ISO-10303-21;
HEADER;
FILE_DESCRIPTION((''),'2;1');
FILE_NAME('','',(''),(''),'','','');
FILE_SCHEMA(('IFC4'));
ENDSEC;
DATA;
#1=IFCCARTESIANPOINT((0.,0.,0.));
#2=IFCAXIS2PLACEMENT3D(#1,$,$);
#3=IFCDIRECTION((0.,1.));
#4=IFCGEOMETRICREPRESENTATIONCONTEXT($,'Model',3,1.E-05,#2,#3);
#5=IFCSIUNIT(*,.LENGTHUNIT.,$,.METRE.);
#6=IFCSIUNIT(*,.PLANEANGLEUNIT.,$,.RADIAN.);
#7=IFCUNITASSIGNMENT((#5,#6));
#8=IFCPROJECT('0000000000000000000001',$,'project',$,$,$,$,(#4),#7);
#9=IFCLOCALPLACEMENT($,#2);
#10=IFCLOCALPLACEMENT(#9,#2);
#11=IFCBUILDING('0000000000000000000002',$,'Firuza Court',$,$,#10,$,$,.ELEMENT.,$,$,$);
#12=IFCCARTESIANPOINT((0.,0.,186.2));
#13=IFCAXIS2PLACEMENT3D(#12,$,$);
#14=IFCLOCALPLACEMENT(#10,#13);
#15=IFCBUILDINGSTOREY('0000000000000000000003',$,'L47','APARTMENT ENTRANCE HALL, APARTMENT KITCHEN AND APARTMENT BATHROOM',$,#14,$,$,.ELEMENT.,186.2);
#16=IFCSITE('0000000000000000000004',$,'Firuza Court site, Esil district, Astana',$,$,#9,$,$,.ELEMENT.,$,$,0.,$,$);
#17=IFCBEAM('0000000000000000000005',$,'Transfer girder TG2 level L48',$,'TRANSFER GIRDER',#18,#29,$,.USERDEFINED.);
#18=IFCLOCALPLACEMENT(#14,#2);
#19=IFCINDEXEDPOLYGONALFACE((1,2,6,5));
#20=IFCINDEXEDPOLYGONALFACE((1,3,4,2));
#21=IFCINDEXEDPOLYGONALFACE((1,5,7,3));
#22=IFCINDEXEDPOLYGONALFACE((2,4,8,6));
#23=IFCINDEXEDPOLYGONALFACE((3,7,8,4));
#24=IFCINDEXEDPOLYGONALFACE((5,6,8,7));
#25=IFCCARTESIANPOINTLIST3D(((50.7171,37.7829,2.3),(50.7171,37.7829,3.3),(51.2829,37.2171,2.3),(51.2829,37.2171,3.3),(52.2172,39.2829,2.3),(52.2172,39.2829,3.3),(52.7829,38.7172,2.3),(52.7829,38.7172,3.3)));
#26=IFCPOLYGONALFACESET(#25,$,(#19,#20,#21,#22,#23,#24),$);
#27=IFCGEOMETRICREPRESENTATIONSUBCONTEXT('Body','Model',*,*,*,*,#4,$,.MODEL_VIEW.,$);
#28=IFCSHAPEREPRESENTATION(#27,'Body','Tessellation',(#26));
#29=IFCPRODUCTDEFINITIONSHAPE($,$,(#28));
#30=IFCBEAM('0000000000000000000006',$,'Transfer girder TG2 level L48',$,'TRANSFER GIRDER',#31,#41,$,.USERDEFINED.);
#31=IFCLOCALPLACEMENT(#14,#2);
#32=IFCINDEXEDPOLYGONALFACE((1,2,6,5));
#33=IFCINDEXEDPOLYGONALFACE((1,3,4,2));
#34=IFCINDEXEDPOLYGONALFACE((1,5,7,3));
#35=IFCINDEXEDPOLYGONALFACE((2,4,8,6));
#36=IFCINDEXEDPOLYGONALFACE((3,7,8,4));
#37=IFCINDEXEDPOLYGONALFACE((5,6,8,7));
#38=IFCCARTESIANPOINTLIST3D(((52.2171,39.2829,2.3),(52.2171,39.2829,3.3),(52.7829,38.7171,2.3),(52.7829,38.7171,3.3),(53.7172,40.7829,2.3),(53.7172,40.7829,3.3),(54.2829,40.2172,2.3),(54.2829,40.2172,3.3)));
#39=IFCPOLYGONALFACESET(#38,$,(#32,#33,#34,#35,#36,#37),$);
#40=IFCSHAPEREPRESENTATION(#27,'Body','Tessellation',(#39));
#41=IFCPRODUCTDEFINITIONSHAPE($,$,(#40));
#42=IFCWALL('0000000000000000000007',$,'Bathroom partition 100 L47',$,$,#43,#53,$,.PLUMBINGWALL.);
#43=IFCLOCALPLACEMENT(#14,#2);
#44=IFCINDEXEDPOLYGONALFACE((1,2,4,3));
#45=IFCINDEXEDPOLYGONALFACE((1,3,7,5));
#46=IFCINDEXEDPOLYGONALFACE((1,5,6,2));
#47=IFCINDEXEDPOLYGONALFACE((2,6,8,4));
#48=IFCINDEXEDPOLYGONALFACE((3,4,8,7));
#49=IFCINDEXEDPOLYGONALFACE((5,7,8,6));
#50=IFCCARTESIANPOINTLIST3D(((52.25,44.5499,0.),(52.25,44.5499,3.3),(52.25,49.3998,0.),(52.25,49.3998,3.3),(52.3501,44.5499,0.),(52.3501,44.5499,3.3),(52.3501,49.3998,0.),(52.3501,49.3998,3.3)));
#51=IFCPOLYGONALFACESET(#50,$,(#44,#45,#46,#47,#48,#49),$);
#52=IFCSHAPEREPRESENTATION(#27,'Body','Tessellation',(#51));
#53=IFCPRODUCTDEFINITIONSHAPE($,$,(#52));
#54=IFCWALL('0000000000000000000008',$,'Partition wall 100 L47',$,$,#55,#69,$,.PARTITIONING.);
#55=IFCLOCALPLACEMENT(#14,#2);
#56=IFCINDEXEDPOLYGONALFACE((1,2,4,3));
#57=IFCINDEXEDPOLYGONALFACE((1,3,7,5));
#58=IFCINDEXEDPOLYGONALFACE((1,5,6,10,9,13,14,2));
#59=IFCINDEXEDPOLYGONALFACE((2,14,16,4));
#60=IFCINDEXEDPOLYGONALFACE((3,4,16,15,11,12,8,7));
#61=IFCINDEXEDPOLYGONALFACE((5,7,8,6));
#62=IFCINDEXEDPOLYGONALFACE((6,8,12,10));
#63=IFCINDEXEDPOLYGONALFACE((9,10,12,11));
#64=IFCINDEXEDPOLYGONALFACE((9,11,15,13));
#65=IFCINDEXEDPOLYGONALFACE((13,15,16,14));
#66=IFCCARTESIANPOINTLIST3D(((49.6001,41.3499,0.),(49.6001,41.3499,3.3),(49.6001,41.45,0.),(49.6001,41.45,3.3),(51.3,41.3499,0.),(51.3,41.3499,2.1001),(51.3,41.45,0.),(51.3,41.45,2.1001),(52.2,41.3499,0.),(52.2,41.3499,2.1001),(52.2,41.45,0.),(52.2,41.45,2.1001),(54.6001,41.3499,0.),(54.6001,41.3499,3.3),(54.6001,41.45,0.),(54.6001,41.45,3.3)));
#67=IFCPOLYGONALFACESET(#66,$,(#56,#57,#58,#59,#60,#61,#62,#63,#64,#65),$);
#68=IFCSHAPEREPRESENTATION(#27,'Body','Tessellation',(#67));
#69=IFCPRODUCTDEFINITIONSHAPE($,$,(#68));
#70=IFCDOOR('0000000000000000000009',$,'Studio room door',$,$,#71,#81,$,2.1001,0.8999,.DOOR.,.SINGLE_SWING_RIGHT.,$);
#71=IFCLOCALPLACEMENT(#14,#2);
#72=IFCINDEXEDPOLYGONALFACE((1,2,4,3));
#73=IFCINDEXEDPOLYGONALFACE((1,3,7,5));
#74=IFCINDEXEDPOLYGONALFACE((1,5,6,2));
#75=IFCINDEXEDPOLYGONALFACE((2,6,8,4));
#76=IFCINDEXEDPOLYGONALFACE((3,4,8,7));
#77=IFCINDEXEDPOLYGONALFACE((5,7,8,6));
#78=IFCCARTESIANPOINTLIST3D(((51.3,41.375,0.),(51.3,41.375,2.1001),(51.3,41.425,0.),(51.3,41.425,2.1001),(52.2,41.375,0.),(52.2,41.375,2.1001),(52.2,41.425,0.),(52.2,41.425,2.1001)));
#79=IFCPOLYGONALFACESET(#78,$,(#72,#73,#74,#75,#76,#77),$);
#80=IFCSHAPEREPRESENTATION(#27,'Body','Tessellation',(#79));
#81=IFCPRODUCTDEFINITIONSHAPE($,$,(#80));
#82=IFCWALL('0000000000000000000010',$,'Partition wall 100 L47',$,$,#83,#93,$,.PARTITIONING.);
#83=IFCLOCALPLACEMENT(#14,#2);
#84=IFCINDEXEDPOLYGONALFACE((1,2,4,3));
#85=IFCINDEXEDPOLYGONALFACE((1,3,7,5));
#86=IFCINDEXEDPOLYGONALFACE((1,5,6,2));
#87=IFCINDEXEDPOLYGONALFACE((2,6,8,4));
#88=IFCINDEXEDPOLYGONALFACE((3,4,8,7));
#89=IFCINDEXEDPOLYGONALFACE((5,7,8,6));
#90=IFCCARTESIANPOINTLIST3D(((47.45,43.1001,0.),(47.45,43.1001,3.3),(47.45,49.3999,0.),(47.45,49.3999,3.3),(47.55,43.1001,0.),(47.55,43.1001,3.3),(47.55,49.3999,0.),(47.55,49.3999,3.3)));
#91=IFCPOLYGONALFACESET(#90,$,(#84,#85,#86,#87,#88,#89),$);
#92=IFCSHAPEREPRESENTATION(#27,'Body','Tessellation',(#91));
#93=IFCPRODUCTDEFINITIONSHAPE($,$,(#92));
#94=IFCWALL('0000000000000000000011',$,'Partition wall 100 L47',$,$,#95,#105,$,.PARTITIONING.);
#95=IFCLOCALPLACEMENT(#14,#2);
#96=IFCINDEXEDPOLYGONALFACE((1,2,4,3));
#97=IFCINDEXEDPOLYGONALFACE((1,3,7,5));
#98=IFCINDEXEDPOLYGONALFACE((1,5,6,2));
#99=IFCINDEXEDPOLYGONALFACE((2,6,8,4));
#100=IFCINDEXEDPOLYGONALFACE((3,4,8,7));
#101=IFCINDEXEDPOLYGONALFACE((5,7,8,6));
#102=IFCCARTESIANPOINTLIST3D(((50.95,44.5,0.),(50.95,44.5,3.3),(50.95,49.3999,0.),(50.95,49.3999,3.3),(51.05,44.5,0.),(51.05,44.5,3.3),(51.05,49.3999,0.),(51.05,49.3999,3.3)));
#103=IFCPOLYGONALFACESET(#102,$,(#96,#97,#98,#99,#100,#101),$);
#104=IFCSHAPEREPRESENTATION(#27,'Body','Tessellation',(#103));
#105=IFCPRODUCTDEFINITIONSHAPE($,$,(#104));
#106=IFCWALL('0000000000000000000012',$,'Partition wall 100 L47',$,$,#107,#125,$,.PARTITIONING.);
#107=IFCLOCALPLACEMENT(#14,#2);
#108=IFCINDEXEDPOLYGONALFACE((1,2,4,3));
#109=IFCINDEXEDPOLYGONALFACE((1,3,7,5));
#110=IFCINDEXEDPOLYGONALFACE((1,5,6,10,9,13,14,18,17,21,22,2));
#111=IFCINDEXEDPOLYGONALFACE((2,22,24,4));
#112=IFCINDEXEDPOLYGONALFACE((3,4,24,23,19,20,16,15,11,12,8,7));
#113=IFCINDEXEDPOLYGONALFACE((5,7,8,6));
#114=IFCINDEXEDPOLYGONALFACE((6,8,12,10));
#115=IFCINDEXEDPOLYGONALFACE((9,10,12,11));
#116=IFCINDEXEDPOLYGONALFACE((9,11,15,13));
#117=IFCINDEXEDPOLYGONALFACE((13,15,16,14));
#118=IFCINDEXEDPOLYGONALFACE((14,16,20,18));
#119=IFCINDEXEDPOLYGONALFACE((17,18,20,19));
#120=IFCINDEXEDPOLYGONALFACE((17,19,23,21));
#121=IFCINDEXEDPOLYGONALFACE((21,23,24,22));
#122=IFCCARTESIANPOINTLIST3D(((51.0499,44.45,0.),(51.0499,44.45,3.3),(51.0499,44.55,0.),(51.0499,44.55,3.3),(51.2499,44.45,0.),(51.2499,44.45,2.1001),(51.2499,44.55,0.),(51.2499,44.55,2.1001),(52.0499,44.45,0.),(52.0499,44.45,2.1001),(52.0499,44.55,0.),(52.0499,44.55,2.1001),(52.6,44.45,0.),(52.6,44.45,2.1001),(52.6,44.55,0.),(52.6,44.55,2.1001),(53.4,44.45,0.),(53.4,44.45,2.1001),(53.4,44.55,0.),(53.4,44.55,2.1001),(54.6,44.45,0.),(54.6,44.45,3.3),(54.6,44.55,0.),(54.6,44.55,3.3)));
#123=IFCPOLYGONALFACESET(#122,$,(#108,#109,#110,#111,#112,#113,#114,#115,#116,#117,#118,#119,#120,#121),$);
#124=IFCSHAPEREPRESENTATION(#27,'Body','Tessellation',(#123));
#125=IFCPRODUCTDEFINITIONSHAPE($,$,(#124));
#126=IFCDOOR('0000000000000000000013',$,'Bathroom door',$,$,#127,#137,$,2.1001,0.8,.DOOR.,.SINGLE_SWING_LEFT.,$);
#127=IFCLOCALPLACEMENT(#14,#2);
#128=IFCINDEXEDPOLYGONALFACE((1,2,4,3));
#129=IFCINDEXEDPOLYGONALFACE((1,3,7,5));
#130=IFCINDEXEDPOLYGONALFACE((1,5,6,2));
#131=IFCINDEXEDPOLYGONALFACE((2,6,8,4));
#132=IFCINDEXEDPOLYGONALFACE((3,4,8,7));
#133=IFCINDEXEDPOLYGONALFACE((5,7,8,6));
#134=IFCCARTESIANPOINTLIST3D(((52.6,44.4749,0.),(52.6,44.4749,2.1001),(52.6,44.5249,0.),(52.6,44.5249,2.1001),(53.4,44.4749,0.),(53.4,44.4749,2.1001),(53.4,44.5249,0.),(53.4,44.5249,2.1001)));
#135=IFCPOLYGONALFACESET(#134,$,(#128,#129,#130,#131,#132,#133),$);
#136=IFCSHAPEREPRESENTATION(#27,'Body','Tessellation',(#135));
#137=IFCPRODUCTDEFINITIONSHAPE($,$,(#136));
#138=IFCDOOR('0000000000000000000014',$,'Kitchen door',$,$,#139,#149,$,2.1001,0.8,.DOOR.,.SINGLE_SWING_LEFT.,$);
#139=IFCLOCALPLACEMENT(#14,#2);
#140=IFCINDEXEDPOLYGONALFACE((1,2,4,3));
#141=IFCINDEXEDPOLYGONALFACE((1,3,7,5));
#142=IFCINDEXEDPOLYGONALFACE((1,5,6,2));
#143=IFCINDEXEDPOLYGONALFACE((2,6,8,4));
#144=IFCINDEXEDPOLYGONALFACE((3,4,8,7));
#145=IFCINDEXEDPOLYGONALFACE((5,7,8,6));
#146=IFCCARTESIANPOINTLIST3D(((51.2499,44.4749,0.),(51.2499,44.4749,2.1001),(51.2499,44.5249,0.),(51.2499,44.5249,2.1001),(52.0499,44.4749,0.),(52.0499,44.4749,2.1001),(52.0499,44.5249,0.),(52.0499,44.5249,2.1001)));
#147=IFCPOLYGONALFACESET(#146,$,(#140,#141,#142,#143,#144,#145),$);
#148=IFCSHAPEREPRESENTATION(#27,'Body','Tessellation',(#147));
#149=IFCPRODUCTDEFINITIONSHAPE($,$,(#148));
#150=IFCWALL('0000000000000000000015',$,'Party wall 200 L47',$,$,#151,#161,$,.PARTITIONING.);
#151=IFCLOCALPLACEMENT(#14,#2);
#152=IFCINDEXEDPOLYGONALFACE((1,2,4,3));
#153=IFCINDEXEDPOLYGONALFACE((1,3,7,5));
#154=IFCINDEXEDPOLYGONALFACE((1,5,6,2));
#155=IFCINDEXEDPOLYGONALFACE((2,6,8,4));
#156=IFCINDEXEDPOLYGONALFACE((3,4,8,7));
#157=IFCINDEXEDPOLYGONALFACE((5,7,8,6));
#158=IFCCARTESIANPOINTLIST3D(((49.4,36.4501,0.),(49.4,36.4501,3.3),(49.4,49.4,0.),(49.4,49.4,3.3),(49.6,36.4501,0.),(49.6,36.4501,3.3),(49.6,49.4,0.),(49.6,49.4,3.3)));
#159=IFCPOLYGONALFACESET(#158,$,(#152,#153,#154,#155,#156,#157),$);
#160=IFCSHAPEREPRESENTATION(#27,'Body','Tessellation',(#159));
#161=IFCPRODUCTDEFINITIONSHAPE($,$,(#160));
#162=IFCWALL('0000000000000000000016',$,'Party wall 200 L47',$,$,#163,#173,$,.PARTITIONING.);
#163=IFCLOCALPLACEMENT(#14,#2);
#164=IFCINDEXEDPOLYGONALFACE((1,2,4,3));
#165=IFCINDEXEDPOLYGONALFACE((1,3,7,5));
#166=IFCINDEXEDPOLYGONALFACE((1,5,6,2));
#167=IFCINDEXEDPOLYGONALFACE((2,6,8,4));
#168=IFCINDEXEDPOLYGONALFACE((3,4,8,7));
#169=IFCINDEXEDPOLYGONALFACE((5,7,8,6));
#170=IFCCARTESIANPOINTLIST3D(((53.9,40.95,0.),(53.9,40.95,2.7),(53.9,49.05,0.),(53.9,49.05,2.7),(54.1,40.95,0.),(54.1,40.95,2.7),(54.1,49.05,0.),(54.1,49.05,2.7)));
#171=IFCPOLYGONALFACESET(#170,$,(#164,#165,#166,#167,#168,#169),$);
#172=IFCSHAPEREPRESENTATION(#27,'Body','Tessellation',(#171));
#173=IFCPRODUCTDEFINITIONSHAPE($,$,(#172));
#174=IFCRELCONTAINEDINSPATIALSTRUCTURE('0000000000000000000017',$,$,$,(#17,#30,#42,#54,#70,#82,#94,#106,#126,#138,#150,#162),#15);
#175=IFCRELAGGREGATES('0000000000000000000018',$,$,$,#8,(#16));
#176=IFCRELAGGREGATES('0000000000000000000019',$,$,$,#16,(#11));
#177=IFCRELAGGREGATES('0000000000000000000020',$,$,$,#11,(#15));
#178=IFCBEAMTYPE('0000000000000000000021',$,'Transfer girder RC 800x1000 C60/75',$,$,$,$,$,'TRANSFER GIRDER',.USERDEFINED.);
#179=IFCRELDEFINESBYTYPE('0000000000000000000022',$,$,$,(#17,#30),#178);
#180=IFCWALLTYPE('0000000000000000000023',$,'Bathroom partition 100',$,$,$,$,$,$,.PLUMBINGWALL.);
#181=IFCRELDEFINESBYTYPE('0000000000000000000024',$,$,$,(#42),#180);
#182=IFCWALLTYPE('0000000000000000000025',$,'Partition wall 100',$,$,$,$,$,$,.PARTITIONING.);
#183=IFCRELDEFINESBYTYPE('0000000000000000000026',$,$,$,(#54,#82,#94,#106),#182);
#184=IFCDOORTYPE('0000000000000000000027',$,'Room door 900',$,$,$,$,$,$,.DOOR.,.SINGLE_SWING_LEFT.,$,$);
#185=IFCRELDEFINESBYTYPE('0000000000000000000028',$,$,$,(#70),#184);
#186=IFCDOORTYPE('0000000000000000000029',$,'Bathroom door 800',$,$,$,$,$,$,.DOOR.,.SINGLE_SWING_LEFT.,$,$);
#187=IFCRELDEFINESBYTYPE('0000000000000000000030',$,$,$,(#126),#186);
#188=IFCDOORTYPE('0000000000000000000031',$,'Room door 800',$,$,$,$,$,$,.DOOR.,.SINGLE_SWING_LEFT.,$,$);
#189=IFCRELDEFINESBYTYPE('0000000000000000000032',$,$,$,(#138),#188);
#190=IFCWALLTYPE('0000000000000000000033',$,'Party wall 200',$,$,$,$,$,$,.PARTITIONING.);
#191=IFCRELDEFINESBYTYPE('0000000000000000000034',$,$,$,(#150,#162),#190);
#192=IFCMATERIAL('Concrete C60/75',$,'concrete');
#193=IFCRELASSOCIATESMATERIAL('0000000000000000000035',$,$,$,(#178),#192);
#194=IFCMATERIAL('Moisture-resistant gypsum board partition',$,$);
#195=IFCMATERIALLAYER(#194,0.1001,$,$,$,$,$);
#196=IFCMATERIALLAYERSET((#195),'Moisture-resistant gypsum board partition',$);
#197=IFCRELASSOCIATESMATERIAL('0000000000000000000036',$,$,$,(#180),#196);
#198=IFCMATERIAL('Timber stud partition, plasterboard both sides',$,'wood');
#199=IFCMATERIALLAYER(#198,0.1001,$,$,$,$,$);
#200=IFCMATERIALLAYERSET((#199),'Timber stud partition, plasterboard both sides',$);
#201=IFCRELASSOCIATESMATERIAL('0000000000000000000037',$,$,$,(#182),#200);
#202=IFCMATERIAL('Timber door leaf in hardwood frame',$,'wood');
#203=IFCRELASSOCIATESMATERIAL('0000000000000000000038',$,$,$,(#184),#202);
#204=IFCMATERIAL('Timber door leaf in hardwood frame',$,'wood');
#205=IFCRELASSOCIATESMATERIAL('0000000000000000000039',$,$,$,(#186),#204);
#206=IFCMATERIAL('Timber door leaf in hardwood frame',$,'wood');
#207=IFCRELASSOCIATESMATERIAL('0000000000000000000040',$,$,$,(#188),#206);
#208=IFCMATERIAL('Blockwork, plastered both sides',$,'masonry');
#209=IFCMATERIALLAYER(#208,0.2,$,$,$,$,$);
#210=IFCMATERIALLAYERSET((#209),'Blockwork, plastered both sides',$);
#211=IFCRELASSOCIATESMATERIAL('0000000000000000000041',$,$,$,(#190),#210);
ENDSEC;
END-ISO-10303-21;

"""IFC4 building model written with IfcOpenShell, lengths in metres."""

from ifc_helpers import new_model, si_unit, direction, frame, frame_2d, origin, origin_2d, place, context, subcontext, project, spatial, rectangle, extrude, material, layer, layer_set, material_profile, profile_set, type_object, element, fill, save


model = new_model("IFC4")

# Units and contexts
model_context = context("Model", 3, precision=1e-05, world=origin(), true_north=direction((0.0, 1.0)))
body_context = subcontext(model_context, "Body", "Model", "MODEL_VIEW")
ifc_project = project(units=[si_unit("LENGTHUNIT", "METRE"), si_unit("PLANEANGLEUNIT", "RADIAN")], contexts=[model_context])

# Site, building, storey
site_placement = place(None, origin())
site = spatial("IfcSite", under=ifc_project, at=site_placement, Name="Firuza Court site, Esil district, Astana", CompositionType="ELEMENT", RefElevation=0.0)
building_placement = place(site_placement, origin())
building = spatial("IfcBuilding", under=site, at=building_placement, Name="Firuza Court", CompositionType="ELEMENT")
storey_placement = place(building_placement, frame((0.0, 0.0, 186.2)))
storey = spatial("IfcBuildingStorey", under=building, at=storey_placement, Name="L47", Description="APARTMENT ENTRANCE HALL, APARTMENT KITCHEN AND APARTMENT BATHROOM", CompositionType="ELEMENT", Elevation=186.2)

# Beams
ifc_material_1 = material(Name="Concrete C60/75", Category="concrete")
ifc_material_profile_1 = material_profile(ifc_material_1, rectangle(XDim=0.8, YDim=1.0, at=origin_2d()), Name="RC 800x1000")
ifc_profile_set_1 = profile_set([ifc_material_profile_1], Name="Concrete C60/75")
beam_type_1 = type_object("IfcBeamType", Name="Transfer girder RC 800x1000 C60/75", ElementType="TRANSFER GIRDER", PredefinedType="USERDEFINED", material=ifc_profile_set_1)
for number, where, z_axis, x_axis, name in (
    (1, (51.0, 37.5, 2.8), (0.707107, 0.707107, 0.0), (-0.707107, 0.707107, 0.0), "Transfer girder TG2 level L48"),
    (2, (52.5, 39.0, 2.8), (0.707107, 0.707107, 0.0), (-0.707107, 0.707107, 0.0), "Transfer girder TG2 level L48"),
):
    element("IfcBeam", number, at=place(storey_placement, frame(where, z_axis=z_axis, x_axis=x_axis)), inside=storey, type_object=beam_type_1, Name=name, ObjectType="TRANSFER GIRDER", PredefinedType="USERDEFINED", context=body_context, shape_type="SweptSolid", body=[
        extrude(rectangle(XDim=0.8, YDim=1.0, at=origin_2d()), origin(), (0.0, 0.0, 1.0), 2.1213),
    ])

# Wall
ifc_material_2 = material(Name="Moisture-resistant gypsum board partition")
ifc_layer_1 = layer(ifc_material_2, 0.1001)
ifc_layer_set_1 = layer_set([ifc_layer_1], Name="Moisture-resistant gypsum board partition")
wall_type_1 = type_object("IfcWallType", Name="Bathroom partition 100", PredefinedType="PLUMBINGWALL", material=ifc_layer_set_1)
wall_1_placement = place(storey_placement, frame((52.3, 44.55, 0.0), z_axis=(0.0, 0.0, 1.0), x_axis=(0.0, 1.0, 0.0)))
element("IfcWall", 3, at=wall_1_placement, inside=storey, type_object=wall_type_1, Name="Bathroom partition 100 L47", PredefinedType="PLUMBINGWALL", context=body_context, shape_type="SweptSolid", body=[
    extrude(rectangle(XDim=4.8499, YDim=0.1001, at=frame_2d((2.4248, 0.0))), origin(), (0.0, 0.0, 1.0), 3.3),
])

# Wall, opening, door
ifc_material_3 = material(Name="Timber stud partition, plasterboard both sides", Category="wood")
ifc_layer_2 = layer(ifc_material_3, 0.1001)
ifc_layer_set_2 = layer_set([ifc_layer_2], Name="Timber stud partition, plasterboard both sides")
wall_type_2 = type_object("IfcWallType", Name="Partition wall 100", PredefinedType="PARTITIONING", material=ifc_layer_set_2)
wall_2_placement = place(storey_placement, frame((49.6001, 41.3999, 0.0), z_axis=(0.0, 0.0, 1.0), x_axis=(1.0, 0.0, 0.0)))
wall_2 = element("IfcWall", 4, at=wall_2_placement, inside=storey, type_object=wall_type_2, Name="Partition wall 100 L47", PredefinedType="PARTITIONING", context=body_context, shape_type="SweptSolid", body=[
    extrude(rectangle(XDim=5.0, YDim=0.1001, at=frame_2d((2.5, 0.0))), origin(), (0.0, 0.0, 1.0), 3.3),
])
opening_1_placement = place(wall_2_placement, frame((1.7, 0.0, 0.0)))
opening_1 = element("IfcOpeningElement", 5, at=opening_1_placement, cuts=wall_2, PredefinedType="OPENING", context=body_context, shape_type="SweptSolid", body=[
    extrude(rectangle(XDim=0.8999, YDim=2.1001, at=frame_2d((0.45, 1.05))), frame((0.0, 0.062, 0.0), z_axis=(0.0, -1.0, 0.0), x_axis=(1.0, 0.0, 0.0)), (0.0, 0.0, 1.0), 0.124),
])
ifc_material_4 = material(Name="Timber door leaf in hardwood frame", Category="wood")
door_type_1 = type_object("IfcDoorType", Name="Room door 900", OperationType="SINGLE_SWING_LEFT", PredefinedType="DOOR", material=ifc_material_4)
door_1_placement = place(opening_1_placement, frame((0.8999, 0.0, 0.0), z_axis=(0.0, 0.0, 1.0), x_axis=(-1.0, 0.0, 0.0)))
door_1 = element("IfcDoor", 6, at=door_1_placement, inside=storey, type_object=door_type_1, Name="Studio room door", OperationType="SINGLE_SWING_RIGHT", OverallHeight=2.1001, OverallWidth=0.8999, PredefinedType="DOOR", context=body_context, shape_type="SweptSolid", body=[
    extrude(rectangle(XDim=0.8999, YDim=2.1001, at=frame_2d((0.45, 1.05))), frame((0.0, 0.0249, 0.0), z_axis=(0.0, -1.0, 0.0), x_axis=(1.0, 0.0, 0.0)), (0.0, 0.0, 1.0), 0.05),
])
fill(opening_1, door_1)

# Walls
wall_3_placement = place(storey_placement, frame((47.5, 43.1001, 0.0), z_axis=(0.0, 0.0, 1.0), x_axis=(0.0, 1.0, 0.0)))
element("IfcWall", 7, at=wall_3_placement, inside=storey, type_object=wall_type_2, Name="Partition wall 100 L47", PredefinedType="PARTITIONING", context=body_context, shape_type="SweptSolid", body=[
    extrude(rectangle(XDim=6.2998, YDim=0.1001, at=frame_2d((3.1499, 0.0))), origin(), (0.0, 0.0, 1.0), 3.3),
])
wall_4_placement = place(storey_placement, frame((51.0, 44.5, 0.0), z_axis=(0.0, 0.0, 1.0), x_axis=(0.0, 1.0, 0.0)))
element("IfcWall", 8, at=wall_4_placement, inside=storey, type_object=wall_type_2, Name="Partition wall 100 L47", PredefinedType="PARTITIONING", context=body_context, shape_type="SweptSolid", body=[
    extrude(rectangle(XDim=4.8999, YDim=0.1001, at=frame_2d((2.45, 0.0))), origin(), (0.0, 0.0, 1.0), 3.3),
])

# Wall, openings, doors
wall_5_placement = place(storey_placement, frame((51.05, 44.5, 0.0), z_axis=(0.0, 0.0, 1.0), x_axis=(1.0, 0.0, 0.0)))
wall_5 = element("IfcWall", 9, at=wall_5_placement, inside=storey, type_object=wall_type_2, Name="Partition wall 100 L47", PredefinedType="PARTITIONING", context=body_context, shape_type="SweptSolid", body=[
    extrude(rectangle(XDim=3.55, YDim=0.1001, at=frame_2d((1.7749, 0.0))), origin(), (0.0, 0.0, 1.0), 3.3),
])
opening_2_placement = place(wall_5_placement, frame((1.55, 0.0, 0.0)))
opening_2 = element("IfcOpeningElement", 10, at=opening_2_placement, cuts=wall_5, PredefinedType="OPENING", context=body_context, shape_type="SweptSolid", body=[
    extrude(rectangle(XDim=0.8, YDim=2.1001, at=frame_2d((0.3999, 1.05))), frame((0.0, 0.062, 0.0), z_axis=(0.0, -1.0, 0.0), x_axis=(1.0, 0.0, 0.0)), (0.0, 0.0, 1.0), 0.124),
])
opening_3_placement = place(wall_5_placement, frame((0.2, 0.0, 0.0)))
opening_3 = element("IfcOpeningElement", 11, at=opening_3_placement, cuts=wall_5, PredefinedType="OPENING", context=body_context, shape_type="SweptSolid", body=[
    extrude(rectangle(XDim=0.8, YDim=2.1001, at=frame_2d((0.3999, 1.05))), frame((0.0, 0.062, 0.0), z_axis=(0.0, -1.0, 0.0), x_axis=(1.0, 0.0, 0.0)), (0.0, 0.0, 1.0), 0.124),
])
ifc_material_5 = material(Name="Timber door leaf in hardwood frame", Category="wood")
door_type_2 = type_object("IfcDoorType", Name="Bathroom door 800", OperationType="SINGLE_SWING_LEFT", PredefinedType="DOOR", material=ifc_material_5)
door_2_placement = place(opening_2_placement, origin())
door_2 = element("IfcDoor", 12, at=door_2_placement, inside=storey, type_object=door_type_2, Name="Bathroom door", OperationType="SINGLE_SWING_LEFT", OverallHeight=2.1001, OverallWidth=0.8, PredefinedType="DOOR", context=body_context, shape_type="SweptSolid", body=[
    extrude(rectangle(XDim=0.8, YDim=2.1001, at=frame_2d((0.3999, 1.05))), frame((0.0, 0.0249, 0.0), z_axis=(0.0, -1.0, 0.0), x_axis=(1.0, 0.0, 0.0)), (0.0, 0.0, 1.0), 0.05),
])
fill(opening_2, door_2)
ifc_material_6 = material(Name="Timber door leaf in hardwood frame", Category="wood")
door_type_3 = type_object("IfcDoorType", Name="Room door 800", OperationType="SINGLE_SWING_LEFT", PredefinedType="DOOR", material=ifc_material_6)
door_3_placement = place(opening_3_placement, origin())
door_3 = element("IfcDoor", 13, at=door_3_placement, inside=storey, type_object=door_type_3, Name="Kitchen door", OperationType="SINGLE_SWING_LEFT", OverallHeight=2.1001, OverallWidth=0.8, PredefinedType="DOOR", context=body_context, shape_type="SweptSolid", body=[
    extrude(rectangle(XDim=0.8, YDim=2.1001, at=frame_2d((0.3999, 1.05))), frame((0.0, 0.0249, 0.0), z_axis=(0.0, -1.0, 0.0), x_axis=(1.0, 0.0, 0.0)), (0.0, 0.0, 1.0), 0.05),
])
fill(opening_3, door_3)

# Walls
ifc_material_7 = material(Name="Blockwork, plastered both sides", Category="masonry")
ifc_layer_3 = layer(ifc_material_7, 0.2)
ifc_layer_set_3 = layer_set([ifc_layer_3], Name="Blockwork, plastered both sides")
wall_type_3 = type_object("IfcWallType", Name="Party wall 200", PredefinedType="PARTITIONING", material=ifc_layer_set_3)
wall_6_placement = place(storey_placement, frame((49.5, 36.45, 0.0), z_axis=(0.0, 0.0, 1.0), x_axis=(0.0, 1.0, 0.0)))
element("IfcWall", 14, at=wall_6_placement, inside=storey, type_object=wall_type_3, Name="Party wall 200 L47", PredefinedType="PARTITIONING", context=body_context, shape_type="SweptSolid", body=[
    extrude(rectangle(XDim=12.95, YDim=0.2, at=frame_2d((6.4751, 0.0))), origin(), (0.0, 0.0, 1.0), 3.3),
])
wall_7_placement = place(storey_placement, frame((54.0, 40.95, 0.0), z_axis=(0.0, 0.0, 1.0), x_axis=(0.0, 1.0, 0.0)))
element("IfcWall", 15, at=wall_7_placement, inside=storey, type_object=wall_type_3, Name="Party wall 200 L47", PredefinedType="PARTITIONING", context=body_context, shape_type="SweptSolid", body=[
    extrude(rectangle(XDim=8.1001, YDim=0.2, at=frame_2d((4.05, 0.0))), origin(), (0.0, 0.0, 1.0), 2.7),
])

save(model, "model.ifc")
